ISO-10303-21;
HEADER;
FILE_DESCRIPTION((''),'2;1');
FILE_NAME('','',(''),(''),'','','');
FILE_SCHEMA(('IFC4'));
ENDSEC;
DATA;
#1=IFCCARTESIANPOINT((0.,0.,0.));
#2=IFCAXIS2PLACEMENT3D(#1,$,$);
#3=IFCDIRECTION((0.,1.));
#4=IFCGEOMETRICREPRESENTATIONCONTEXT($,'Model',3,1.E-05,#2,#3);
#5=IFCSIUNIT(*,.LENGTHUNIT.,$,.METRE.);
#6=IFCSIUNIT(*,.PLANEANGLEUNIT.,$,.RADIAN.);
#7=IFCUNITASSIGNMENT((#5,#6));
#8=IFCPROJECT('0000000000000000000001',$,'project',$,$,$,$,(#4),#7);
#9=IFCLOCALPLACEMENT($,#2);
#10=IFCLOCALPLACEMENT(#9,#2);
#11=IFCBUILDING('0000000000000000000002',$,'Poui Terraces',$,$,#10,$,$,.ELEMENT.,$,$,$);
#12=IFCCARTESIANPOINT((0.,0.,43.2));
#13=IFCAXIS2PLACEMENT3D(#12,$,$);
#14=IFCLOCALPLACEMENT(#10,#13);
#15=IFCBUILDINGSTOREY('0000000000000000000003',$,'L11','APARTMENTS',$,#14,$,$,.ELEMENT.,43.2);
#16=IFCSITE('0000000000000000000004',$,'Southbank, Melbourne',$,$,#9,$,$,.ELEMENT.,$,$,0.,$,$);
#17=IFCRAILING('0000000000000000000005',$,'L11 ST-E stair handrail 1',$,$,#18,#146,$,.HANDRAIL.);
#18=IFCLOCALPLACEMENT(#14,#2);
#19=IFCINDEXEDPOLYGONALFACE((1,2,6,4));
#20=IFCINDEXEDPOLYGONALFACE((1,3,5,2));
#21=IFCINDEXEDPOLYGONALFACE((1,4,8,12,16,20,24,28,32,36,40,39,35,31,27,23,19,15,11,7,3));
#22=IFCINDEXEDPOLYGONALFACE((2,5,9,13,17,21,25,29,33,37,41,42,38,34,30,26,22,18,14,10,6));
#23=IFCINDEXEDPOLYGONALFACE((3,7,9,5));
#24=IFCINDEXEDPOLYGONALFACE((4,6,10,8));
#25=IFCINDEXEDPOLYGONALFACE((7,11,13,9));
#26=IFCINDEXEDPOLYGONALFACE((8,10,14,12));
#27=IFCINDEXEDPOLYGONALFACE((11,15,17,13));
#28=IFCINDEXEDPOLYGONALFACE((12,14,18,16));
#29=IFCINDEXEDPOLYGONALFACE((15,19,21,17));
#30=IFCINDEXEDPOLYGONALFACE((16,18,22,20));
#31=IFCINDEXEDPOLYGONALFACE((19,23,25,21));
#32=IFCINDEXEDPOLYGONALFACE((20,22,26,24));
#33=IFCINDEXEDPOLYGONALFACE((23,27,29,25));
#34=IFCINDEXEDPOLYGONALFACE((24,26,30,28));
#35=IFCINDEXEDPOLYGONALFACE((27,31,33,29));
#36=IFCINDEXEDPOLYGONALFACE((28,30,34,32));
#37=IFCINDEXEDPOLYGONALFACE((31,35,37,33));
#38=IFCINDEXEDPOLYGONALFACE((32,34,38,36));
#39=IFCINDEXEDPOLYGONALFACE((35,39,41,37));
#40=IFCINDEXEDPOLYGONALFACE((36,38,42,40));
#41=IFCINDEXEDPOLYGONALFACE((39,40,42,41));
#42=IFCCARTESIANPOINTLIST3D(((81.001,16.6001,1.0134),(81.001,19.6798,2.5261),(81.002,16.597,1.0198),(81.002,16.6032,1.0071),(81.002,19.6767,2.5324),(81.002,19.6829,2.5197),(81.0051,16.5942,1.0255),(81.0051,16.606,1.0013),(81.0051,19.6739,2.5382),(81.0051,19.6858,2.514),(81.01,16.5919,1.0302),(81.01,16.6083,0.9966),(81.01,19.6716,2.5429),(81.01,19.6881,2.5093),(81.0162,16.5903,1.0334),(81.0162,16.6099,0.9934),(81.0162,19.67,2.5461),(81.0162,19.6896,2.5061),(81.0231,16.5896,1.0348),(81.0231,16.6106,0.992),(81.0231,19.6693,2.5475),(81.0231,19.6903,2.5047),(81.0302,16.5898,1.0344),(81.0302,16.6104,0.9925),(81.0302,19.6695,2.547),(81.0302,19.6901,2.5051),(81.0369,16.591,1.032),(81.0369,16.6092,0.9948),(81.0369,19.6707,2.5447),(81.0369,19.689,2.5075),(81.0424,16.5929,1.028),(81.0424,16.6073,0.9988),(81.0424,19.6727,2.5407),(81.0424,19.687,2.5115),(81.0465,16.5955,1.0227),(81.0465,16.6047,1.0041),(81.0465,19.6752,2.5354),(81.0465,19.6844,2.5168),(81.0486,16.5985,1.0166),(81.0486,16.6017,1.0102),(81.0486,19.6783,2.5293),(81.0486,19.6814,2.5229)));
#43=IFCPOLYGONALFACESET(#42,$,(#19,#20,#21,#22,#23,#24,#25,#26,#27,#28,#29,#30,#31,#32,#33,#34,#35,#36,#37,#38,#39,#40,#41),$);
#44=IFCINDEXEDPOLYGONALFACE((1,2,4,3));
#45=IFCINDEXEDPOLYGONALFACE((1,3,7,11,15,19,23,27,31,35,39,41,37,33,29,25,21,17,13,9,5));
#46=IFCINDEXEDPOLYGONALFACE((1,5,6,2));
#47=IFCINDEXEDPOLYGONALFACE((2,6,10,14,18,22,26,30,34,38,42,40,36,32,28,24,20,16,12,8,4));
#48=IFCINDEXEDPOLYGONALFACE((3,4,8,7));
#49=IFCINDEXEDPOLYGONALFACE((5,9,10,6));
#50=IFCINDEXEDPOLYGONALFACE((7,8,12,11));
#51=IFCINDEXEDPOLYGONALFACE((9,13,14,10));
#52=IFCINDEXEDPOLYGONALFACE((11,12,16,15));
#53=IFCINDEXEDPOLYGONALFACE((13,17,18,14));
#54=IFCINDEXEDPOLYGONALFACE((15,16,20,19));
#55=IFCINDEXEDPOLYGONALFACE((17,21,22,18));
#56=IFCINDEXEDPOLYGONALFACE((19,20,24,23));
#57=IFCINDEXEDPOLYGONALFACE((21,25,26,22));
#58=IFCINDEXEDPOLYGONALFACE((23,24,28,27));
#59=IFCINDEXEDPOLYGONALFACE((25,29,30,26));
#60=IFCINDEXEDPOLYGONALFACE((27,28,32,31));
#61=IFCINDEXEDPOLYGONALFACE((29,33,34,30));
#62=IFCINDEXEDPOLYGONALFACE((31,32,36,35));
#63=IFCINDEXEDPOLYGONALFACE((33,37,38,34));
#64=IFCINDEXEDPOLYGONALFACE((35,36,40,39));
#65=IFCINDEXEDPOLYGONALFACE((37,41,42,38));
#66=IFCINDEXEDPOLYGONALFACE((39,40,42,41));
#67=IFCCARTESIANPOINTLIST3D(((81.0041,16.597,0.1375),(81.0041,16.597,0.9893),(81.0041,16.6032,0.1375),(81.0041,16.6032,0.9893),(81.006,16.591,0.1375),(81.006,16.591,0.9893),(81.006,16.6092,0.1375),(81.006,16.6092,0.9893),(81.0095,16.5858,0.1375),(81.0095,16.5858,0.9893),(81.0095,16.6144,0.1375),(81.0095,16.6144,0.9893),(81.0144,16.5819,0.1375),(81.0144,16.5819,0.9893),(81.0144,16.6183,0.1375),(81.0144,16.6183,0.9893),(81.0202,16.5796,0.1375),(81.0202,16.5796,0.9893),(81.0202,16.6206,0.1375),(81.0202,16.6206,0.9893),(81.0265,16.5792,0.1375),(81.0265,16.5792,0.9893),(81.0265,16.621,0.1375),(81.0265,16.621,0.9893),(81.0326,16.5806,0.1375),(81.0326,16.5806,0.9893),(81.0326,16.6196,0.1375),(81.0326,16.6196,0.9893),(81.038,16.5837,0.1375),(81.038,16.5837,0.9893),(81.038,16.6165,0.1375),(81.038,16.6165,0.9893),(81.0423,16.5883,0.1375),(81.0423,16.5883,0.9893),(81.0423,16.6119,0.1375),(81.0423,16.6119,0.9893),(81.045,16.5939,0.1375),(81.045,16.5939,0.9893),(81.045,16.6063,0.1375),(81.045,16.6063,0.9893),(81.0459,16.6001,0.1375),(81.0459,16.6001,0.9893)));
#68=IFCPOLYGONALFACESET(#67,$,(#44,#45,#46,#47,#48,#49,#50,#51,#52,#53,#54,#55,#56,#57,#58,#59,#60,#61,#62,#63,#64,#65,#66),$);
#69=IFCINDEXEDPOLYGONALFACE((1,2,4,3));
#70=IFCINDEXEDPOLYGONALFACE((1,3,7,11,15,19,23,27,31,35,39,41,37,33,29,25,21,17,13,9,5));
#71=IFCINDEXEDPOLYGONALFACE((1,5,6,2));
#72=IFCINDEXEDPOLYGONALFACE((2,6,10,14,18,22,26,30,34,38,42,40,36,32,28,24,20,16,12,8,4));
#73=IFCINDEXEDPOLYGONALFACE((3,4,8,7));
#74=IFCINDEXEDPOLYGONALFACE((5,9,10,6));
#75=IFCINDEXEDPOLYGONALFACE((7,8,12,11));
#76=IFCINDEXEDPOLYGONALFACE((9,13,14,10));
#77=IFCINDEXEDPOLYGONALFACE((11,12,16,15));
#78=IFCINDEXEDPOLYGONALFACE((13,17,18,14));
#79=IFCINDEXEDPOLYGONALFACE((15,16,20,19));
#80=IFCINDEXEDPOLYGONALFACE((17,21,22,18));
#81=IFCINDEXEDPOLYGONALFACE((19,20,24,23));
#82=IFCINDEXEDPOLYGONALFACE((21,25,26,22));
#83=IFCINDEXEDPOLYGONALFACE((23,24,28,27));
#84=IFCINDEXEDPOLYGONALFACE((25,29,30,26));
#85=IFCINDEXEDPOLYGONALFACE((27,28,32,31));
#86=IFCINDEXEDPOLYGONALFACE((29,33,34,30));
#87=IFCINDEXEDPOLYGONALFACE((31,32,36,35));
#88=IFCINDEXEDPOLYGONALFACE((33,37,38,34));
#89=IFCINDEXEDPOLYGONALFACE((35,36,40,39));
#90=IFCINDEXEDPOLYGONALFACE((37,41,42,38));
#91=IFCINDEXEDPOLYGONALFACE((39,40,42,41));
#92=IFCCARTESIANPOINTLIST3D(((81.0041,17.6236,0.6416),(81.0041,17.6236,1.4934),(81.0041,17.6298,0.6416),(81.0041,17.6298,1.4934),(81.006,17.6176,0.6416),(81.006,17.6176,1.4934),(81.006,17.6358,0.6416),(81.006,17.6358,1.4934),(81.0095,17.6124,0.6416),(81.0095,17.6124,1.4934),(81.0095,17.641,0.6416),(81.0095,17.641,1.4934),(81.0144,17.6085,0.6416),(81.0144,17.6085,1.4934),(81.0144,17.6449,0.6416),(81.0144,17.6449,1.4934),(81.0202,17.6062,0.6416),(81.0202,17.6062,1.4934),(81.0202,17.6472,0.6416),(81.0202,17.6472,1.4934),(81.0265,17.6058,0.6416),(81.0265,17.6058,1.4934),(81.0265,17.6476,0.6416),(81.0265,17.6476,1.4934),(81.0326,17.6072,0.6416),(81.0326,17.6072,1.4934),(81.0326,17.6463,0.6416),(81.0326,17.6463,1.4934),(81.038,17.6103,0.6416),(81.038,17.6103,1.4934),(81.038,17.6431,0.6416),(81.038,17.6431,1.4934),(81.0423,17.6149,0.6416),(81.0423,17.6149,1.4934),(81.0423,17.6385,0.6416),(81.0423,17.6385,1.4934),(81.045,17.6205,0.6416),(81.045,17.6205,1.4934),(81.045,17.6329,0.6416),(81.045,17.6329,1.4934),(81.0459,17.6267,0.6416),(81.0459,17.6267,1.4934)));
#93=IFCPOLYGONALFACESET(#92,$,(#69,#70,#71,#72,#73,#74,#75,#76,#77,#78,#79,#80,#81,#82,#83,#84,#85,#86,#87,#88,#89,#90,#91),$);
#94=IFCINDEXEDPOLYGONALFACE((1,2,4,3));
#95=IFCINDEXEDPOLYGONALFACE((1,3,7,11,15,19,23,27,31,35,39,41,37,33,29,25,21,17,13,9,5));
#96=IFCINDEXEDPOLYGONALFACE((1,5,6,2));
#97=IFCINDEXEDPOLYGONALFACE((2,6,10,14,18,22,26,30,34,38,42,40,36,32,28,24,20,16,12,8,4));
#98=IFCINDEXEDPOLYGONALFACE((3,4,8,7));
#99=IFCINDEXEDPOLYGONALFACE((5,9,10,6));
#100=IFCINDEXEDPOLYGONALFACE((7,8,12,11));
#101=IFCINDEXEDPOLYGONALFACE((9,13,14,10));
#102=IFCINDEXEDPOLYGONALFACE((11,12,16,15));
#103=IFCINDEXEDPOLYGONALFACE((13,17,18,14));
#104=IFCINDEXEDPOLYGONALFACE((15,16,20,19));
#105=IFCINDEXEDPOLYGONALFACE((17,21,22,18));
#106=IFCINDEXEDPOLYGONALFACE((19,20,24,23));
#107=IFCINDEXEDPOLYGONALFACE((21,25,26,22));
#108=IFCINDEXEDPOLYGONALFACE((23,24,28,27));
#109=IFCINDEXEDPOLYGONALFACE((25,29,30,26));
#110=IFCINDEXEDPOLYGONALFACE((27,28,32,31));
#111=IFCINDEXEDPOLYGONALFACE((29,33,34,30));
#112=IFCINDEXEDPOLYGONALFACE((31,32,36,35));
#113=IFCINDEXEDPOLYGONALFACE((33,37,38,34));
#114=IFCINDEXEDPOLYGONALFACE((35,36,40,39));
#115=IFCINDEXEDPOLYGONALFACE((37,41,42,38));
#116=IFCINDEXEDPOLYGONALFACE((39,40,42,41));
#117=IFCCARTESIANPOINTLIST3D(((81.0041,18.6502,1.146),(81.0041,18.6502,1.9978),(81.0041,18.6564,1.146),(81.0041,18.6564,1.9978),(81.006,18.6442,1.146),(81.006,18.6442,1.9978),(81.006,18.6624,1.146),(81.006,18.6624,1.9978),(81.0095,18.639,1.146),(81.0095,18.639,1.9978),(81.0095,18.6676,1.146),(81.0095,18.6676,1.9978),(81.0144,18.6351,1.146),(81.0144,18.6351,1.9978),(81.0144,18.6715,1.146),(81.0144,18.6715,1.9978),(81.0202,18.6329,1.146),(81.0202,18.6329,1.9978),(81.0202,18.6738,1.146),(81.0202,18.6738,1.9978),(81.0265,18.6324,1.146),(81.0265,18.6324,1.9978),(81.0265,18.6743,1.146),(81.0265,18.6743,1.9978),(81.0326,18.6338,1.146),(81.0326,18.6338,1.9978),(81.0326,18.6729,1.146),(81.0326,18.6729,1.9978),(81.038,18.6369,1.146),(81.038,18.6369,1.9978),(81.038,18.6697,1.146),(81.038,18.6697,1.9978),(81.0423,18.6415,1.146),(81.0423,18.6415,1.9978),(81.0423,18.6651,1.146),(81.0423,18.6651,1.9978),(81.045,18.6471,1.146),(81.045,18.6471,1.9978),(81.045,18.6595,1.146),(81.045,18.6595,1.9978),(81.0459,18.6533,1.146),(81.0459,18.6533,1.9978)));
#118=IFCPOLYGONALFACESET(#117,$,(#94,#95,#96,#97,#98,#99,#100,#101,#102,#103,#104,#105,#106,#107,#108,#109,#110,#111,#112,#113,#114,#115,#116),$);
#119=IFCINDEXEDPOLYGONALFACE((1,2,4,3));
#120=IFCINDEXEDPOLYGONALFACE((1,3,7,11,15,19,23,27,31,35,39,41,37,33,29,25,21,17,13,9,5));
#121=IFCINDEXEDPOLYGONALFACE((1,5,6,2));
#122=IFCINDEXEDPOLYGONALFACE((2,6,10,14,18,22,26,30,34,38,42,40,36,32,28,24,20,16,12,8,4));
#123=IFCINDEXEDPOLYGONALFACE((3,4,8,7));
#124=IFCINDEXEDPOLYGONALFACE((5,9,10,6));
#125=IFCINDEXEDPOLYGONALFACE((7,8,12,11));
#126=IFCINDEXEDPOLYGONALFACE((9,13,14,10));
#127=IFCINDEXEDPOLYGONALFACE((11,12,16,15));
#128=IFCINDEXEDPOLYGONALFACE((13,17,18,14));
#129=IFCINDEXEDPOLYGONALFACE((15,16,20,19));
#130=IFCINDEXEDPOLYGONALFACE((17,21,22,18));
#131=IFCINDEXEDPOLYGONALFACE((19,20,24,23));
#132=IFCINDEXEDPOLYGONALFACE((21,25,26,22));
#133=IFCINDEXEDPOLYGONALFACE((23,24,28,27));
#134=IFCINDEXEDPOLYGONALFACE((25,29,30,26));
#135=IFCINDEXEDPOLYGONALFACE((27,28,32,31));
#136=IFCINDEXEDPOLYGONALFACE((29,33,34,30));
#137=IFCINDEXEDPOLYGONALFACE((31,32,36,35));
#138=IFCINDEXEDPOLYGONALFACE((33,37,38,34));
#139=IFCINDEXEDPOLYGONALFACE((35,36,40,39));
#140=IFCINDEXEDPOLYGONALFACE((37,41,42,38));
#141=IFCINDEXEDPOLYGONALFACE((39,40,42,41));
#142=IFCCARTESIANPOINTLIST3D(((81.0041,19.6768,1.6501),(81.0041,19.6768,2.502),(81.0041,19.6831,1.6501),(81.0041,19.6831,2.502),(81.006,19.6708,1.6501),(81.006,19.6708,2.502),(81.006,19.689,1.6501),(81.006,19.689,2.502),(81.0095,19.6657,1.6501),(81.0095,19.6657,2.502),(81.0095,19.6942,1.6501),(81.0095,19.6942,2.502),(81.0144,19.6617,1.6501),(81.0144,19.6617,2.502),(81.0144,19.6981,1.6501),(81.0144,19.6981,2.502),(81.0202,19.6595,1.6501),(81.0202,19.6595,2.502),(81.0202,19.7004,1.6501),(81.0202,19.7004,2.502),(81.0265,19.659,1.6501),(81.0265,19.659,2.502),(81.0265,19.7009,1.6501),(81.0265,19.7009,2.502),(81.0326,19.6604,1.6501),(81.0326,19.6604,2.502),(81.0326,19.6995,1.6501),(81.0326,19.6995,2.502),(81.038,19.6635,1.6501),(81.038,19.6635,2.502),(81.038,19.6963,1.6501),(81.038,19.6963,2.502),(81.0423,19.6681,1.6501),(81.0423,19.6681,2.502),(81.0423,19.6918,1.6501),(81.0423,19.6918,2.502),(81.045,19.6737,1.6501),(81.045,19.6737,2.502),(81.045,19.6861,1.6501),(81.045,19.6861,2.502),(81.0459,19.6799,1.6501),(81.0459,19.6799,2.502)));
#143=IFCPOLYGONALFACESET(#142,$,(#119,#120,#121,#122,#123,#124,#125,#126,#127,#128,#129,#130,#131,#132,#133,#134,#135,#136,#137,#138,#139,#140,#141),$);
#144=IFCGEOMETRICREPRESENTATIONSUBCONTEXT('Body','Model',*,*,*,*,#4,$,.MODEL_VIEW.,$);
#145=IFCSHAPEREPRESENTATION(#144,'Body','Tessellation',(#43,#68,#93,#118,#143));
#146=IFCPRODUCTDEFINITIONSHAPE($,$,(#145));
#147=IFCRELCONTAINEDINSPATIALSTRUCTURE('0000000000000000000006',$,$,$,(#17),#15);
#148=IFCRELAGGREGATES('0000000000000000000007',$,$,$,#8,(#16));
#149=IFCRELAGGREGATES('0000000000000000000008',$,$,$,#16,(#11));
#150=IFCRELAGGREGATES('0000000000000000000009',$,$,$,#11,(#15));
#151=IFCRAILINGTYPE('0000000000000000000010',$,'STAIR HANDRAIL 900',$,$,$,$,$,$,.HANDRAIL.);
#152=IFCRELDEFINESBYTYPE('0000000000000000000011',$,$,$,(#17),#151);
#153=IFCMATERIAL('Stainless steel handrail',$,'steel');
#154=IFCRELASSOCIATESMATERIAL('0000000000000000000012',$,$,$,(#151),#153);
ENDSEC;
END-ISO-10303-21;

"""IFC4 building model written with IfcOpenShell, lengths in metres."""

from ifc_helpers import new_model, si_unit, direction, frame, origin, origin_2d, place, context, subcontext, project, spatial, circle, extrude, material, type_object, element, save


model = new_model("IFC4")

# Units and contexts
model_context = context("Model", 3, precision=1e-05, world=origin(), true_north=direction((0.0, 1.0)))
body_context = subcontext(model_context, "Body", "Model", "MODEL_VIEW")
ifc_project = project(units=[si_unit("LENGTHUNIT", "METRE"), si_unit("PLANEANGLEUNIT", "RADIAN")], contexts=[model_context])

# Site, building, storey
site_placement = place(None, origin())
site = spatial("IfcSite", under=ifc_project, at=site_placement, Name="Southbank, Melbourne", CompositionType="ELEMENT", RefElevation=0.0)
building_placement = place(site_placement, origin())
building = spatial("IfcBuilding", under=site, at=building_placement, Name="Poui Terraces", CompositionType="ELEMENT")
storey_placement = place(building_placement, frame((0.0, 0.0, 43.2)))
storey = spatial("IfcBuildingStorey", under=building, at=storey_placement, Name="L11", Description="APARTMENTS", CompositionType="ELEMENT", Elevation=43.2)

# Railing
ifc_material_1 = material(Name="Stainless steel handrail", Category="steel")
railing_type_1 = type_object("IfcRailingType", Name="STAIR HANDRAIL 900", PredefinedType="HANDRAIL", material=ifc_material_1)
railing_1_placement = place(storey_placement, frame((81.0249, 16.6001, 0.1375)))
element("IfcRailing", 1, at=railing_1_placement, inside=storey, type_object=railing_type_1, Name="L11 ST-E stair handrail 1", PredefinedType="HANDRAIL", context=body_context, shape_type="SweptSolid", body=[
    extrude(circle(Radius=0.0239, at=origin_2d()), frame((0.0, 0.0, 0.876), z_axis=(0.0, 0.897578, 0.440856), x_axis=(-1.0, 0.0, 0.0)), (0.0, 0.0, 1.0), 3.4312),
    extrude(circle(Radius=0.021, at=origin_2d()), origin(), (0.0, 0.0, 1.0), 0.8518),
    extrude(circle(Radius=0.021, at=origin_2d()), frame((0.0, 1.0266, 0.5042)), (0.0, 0.0, 1.0), 0.8518),
    extrude(circle(Radius=0.021, at=origin_2d()), frame((0.0, 2.0532, 1.0085)), (0.0, 0.0, 1.0), 0.8518),
    extrude(circle(Radius=0.021, at=origin_2d()), frame((0.0, 3.0798, 1.5127)), (0.0, 0.0, 1.0), 0.8518),
])

save(model, "model.ifc")
